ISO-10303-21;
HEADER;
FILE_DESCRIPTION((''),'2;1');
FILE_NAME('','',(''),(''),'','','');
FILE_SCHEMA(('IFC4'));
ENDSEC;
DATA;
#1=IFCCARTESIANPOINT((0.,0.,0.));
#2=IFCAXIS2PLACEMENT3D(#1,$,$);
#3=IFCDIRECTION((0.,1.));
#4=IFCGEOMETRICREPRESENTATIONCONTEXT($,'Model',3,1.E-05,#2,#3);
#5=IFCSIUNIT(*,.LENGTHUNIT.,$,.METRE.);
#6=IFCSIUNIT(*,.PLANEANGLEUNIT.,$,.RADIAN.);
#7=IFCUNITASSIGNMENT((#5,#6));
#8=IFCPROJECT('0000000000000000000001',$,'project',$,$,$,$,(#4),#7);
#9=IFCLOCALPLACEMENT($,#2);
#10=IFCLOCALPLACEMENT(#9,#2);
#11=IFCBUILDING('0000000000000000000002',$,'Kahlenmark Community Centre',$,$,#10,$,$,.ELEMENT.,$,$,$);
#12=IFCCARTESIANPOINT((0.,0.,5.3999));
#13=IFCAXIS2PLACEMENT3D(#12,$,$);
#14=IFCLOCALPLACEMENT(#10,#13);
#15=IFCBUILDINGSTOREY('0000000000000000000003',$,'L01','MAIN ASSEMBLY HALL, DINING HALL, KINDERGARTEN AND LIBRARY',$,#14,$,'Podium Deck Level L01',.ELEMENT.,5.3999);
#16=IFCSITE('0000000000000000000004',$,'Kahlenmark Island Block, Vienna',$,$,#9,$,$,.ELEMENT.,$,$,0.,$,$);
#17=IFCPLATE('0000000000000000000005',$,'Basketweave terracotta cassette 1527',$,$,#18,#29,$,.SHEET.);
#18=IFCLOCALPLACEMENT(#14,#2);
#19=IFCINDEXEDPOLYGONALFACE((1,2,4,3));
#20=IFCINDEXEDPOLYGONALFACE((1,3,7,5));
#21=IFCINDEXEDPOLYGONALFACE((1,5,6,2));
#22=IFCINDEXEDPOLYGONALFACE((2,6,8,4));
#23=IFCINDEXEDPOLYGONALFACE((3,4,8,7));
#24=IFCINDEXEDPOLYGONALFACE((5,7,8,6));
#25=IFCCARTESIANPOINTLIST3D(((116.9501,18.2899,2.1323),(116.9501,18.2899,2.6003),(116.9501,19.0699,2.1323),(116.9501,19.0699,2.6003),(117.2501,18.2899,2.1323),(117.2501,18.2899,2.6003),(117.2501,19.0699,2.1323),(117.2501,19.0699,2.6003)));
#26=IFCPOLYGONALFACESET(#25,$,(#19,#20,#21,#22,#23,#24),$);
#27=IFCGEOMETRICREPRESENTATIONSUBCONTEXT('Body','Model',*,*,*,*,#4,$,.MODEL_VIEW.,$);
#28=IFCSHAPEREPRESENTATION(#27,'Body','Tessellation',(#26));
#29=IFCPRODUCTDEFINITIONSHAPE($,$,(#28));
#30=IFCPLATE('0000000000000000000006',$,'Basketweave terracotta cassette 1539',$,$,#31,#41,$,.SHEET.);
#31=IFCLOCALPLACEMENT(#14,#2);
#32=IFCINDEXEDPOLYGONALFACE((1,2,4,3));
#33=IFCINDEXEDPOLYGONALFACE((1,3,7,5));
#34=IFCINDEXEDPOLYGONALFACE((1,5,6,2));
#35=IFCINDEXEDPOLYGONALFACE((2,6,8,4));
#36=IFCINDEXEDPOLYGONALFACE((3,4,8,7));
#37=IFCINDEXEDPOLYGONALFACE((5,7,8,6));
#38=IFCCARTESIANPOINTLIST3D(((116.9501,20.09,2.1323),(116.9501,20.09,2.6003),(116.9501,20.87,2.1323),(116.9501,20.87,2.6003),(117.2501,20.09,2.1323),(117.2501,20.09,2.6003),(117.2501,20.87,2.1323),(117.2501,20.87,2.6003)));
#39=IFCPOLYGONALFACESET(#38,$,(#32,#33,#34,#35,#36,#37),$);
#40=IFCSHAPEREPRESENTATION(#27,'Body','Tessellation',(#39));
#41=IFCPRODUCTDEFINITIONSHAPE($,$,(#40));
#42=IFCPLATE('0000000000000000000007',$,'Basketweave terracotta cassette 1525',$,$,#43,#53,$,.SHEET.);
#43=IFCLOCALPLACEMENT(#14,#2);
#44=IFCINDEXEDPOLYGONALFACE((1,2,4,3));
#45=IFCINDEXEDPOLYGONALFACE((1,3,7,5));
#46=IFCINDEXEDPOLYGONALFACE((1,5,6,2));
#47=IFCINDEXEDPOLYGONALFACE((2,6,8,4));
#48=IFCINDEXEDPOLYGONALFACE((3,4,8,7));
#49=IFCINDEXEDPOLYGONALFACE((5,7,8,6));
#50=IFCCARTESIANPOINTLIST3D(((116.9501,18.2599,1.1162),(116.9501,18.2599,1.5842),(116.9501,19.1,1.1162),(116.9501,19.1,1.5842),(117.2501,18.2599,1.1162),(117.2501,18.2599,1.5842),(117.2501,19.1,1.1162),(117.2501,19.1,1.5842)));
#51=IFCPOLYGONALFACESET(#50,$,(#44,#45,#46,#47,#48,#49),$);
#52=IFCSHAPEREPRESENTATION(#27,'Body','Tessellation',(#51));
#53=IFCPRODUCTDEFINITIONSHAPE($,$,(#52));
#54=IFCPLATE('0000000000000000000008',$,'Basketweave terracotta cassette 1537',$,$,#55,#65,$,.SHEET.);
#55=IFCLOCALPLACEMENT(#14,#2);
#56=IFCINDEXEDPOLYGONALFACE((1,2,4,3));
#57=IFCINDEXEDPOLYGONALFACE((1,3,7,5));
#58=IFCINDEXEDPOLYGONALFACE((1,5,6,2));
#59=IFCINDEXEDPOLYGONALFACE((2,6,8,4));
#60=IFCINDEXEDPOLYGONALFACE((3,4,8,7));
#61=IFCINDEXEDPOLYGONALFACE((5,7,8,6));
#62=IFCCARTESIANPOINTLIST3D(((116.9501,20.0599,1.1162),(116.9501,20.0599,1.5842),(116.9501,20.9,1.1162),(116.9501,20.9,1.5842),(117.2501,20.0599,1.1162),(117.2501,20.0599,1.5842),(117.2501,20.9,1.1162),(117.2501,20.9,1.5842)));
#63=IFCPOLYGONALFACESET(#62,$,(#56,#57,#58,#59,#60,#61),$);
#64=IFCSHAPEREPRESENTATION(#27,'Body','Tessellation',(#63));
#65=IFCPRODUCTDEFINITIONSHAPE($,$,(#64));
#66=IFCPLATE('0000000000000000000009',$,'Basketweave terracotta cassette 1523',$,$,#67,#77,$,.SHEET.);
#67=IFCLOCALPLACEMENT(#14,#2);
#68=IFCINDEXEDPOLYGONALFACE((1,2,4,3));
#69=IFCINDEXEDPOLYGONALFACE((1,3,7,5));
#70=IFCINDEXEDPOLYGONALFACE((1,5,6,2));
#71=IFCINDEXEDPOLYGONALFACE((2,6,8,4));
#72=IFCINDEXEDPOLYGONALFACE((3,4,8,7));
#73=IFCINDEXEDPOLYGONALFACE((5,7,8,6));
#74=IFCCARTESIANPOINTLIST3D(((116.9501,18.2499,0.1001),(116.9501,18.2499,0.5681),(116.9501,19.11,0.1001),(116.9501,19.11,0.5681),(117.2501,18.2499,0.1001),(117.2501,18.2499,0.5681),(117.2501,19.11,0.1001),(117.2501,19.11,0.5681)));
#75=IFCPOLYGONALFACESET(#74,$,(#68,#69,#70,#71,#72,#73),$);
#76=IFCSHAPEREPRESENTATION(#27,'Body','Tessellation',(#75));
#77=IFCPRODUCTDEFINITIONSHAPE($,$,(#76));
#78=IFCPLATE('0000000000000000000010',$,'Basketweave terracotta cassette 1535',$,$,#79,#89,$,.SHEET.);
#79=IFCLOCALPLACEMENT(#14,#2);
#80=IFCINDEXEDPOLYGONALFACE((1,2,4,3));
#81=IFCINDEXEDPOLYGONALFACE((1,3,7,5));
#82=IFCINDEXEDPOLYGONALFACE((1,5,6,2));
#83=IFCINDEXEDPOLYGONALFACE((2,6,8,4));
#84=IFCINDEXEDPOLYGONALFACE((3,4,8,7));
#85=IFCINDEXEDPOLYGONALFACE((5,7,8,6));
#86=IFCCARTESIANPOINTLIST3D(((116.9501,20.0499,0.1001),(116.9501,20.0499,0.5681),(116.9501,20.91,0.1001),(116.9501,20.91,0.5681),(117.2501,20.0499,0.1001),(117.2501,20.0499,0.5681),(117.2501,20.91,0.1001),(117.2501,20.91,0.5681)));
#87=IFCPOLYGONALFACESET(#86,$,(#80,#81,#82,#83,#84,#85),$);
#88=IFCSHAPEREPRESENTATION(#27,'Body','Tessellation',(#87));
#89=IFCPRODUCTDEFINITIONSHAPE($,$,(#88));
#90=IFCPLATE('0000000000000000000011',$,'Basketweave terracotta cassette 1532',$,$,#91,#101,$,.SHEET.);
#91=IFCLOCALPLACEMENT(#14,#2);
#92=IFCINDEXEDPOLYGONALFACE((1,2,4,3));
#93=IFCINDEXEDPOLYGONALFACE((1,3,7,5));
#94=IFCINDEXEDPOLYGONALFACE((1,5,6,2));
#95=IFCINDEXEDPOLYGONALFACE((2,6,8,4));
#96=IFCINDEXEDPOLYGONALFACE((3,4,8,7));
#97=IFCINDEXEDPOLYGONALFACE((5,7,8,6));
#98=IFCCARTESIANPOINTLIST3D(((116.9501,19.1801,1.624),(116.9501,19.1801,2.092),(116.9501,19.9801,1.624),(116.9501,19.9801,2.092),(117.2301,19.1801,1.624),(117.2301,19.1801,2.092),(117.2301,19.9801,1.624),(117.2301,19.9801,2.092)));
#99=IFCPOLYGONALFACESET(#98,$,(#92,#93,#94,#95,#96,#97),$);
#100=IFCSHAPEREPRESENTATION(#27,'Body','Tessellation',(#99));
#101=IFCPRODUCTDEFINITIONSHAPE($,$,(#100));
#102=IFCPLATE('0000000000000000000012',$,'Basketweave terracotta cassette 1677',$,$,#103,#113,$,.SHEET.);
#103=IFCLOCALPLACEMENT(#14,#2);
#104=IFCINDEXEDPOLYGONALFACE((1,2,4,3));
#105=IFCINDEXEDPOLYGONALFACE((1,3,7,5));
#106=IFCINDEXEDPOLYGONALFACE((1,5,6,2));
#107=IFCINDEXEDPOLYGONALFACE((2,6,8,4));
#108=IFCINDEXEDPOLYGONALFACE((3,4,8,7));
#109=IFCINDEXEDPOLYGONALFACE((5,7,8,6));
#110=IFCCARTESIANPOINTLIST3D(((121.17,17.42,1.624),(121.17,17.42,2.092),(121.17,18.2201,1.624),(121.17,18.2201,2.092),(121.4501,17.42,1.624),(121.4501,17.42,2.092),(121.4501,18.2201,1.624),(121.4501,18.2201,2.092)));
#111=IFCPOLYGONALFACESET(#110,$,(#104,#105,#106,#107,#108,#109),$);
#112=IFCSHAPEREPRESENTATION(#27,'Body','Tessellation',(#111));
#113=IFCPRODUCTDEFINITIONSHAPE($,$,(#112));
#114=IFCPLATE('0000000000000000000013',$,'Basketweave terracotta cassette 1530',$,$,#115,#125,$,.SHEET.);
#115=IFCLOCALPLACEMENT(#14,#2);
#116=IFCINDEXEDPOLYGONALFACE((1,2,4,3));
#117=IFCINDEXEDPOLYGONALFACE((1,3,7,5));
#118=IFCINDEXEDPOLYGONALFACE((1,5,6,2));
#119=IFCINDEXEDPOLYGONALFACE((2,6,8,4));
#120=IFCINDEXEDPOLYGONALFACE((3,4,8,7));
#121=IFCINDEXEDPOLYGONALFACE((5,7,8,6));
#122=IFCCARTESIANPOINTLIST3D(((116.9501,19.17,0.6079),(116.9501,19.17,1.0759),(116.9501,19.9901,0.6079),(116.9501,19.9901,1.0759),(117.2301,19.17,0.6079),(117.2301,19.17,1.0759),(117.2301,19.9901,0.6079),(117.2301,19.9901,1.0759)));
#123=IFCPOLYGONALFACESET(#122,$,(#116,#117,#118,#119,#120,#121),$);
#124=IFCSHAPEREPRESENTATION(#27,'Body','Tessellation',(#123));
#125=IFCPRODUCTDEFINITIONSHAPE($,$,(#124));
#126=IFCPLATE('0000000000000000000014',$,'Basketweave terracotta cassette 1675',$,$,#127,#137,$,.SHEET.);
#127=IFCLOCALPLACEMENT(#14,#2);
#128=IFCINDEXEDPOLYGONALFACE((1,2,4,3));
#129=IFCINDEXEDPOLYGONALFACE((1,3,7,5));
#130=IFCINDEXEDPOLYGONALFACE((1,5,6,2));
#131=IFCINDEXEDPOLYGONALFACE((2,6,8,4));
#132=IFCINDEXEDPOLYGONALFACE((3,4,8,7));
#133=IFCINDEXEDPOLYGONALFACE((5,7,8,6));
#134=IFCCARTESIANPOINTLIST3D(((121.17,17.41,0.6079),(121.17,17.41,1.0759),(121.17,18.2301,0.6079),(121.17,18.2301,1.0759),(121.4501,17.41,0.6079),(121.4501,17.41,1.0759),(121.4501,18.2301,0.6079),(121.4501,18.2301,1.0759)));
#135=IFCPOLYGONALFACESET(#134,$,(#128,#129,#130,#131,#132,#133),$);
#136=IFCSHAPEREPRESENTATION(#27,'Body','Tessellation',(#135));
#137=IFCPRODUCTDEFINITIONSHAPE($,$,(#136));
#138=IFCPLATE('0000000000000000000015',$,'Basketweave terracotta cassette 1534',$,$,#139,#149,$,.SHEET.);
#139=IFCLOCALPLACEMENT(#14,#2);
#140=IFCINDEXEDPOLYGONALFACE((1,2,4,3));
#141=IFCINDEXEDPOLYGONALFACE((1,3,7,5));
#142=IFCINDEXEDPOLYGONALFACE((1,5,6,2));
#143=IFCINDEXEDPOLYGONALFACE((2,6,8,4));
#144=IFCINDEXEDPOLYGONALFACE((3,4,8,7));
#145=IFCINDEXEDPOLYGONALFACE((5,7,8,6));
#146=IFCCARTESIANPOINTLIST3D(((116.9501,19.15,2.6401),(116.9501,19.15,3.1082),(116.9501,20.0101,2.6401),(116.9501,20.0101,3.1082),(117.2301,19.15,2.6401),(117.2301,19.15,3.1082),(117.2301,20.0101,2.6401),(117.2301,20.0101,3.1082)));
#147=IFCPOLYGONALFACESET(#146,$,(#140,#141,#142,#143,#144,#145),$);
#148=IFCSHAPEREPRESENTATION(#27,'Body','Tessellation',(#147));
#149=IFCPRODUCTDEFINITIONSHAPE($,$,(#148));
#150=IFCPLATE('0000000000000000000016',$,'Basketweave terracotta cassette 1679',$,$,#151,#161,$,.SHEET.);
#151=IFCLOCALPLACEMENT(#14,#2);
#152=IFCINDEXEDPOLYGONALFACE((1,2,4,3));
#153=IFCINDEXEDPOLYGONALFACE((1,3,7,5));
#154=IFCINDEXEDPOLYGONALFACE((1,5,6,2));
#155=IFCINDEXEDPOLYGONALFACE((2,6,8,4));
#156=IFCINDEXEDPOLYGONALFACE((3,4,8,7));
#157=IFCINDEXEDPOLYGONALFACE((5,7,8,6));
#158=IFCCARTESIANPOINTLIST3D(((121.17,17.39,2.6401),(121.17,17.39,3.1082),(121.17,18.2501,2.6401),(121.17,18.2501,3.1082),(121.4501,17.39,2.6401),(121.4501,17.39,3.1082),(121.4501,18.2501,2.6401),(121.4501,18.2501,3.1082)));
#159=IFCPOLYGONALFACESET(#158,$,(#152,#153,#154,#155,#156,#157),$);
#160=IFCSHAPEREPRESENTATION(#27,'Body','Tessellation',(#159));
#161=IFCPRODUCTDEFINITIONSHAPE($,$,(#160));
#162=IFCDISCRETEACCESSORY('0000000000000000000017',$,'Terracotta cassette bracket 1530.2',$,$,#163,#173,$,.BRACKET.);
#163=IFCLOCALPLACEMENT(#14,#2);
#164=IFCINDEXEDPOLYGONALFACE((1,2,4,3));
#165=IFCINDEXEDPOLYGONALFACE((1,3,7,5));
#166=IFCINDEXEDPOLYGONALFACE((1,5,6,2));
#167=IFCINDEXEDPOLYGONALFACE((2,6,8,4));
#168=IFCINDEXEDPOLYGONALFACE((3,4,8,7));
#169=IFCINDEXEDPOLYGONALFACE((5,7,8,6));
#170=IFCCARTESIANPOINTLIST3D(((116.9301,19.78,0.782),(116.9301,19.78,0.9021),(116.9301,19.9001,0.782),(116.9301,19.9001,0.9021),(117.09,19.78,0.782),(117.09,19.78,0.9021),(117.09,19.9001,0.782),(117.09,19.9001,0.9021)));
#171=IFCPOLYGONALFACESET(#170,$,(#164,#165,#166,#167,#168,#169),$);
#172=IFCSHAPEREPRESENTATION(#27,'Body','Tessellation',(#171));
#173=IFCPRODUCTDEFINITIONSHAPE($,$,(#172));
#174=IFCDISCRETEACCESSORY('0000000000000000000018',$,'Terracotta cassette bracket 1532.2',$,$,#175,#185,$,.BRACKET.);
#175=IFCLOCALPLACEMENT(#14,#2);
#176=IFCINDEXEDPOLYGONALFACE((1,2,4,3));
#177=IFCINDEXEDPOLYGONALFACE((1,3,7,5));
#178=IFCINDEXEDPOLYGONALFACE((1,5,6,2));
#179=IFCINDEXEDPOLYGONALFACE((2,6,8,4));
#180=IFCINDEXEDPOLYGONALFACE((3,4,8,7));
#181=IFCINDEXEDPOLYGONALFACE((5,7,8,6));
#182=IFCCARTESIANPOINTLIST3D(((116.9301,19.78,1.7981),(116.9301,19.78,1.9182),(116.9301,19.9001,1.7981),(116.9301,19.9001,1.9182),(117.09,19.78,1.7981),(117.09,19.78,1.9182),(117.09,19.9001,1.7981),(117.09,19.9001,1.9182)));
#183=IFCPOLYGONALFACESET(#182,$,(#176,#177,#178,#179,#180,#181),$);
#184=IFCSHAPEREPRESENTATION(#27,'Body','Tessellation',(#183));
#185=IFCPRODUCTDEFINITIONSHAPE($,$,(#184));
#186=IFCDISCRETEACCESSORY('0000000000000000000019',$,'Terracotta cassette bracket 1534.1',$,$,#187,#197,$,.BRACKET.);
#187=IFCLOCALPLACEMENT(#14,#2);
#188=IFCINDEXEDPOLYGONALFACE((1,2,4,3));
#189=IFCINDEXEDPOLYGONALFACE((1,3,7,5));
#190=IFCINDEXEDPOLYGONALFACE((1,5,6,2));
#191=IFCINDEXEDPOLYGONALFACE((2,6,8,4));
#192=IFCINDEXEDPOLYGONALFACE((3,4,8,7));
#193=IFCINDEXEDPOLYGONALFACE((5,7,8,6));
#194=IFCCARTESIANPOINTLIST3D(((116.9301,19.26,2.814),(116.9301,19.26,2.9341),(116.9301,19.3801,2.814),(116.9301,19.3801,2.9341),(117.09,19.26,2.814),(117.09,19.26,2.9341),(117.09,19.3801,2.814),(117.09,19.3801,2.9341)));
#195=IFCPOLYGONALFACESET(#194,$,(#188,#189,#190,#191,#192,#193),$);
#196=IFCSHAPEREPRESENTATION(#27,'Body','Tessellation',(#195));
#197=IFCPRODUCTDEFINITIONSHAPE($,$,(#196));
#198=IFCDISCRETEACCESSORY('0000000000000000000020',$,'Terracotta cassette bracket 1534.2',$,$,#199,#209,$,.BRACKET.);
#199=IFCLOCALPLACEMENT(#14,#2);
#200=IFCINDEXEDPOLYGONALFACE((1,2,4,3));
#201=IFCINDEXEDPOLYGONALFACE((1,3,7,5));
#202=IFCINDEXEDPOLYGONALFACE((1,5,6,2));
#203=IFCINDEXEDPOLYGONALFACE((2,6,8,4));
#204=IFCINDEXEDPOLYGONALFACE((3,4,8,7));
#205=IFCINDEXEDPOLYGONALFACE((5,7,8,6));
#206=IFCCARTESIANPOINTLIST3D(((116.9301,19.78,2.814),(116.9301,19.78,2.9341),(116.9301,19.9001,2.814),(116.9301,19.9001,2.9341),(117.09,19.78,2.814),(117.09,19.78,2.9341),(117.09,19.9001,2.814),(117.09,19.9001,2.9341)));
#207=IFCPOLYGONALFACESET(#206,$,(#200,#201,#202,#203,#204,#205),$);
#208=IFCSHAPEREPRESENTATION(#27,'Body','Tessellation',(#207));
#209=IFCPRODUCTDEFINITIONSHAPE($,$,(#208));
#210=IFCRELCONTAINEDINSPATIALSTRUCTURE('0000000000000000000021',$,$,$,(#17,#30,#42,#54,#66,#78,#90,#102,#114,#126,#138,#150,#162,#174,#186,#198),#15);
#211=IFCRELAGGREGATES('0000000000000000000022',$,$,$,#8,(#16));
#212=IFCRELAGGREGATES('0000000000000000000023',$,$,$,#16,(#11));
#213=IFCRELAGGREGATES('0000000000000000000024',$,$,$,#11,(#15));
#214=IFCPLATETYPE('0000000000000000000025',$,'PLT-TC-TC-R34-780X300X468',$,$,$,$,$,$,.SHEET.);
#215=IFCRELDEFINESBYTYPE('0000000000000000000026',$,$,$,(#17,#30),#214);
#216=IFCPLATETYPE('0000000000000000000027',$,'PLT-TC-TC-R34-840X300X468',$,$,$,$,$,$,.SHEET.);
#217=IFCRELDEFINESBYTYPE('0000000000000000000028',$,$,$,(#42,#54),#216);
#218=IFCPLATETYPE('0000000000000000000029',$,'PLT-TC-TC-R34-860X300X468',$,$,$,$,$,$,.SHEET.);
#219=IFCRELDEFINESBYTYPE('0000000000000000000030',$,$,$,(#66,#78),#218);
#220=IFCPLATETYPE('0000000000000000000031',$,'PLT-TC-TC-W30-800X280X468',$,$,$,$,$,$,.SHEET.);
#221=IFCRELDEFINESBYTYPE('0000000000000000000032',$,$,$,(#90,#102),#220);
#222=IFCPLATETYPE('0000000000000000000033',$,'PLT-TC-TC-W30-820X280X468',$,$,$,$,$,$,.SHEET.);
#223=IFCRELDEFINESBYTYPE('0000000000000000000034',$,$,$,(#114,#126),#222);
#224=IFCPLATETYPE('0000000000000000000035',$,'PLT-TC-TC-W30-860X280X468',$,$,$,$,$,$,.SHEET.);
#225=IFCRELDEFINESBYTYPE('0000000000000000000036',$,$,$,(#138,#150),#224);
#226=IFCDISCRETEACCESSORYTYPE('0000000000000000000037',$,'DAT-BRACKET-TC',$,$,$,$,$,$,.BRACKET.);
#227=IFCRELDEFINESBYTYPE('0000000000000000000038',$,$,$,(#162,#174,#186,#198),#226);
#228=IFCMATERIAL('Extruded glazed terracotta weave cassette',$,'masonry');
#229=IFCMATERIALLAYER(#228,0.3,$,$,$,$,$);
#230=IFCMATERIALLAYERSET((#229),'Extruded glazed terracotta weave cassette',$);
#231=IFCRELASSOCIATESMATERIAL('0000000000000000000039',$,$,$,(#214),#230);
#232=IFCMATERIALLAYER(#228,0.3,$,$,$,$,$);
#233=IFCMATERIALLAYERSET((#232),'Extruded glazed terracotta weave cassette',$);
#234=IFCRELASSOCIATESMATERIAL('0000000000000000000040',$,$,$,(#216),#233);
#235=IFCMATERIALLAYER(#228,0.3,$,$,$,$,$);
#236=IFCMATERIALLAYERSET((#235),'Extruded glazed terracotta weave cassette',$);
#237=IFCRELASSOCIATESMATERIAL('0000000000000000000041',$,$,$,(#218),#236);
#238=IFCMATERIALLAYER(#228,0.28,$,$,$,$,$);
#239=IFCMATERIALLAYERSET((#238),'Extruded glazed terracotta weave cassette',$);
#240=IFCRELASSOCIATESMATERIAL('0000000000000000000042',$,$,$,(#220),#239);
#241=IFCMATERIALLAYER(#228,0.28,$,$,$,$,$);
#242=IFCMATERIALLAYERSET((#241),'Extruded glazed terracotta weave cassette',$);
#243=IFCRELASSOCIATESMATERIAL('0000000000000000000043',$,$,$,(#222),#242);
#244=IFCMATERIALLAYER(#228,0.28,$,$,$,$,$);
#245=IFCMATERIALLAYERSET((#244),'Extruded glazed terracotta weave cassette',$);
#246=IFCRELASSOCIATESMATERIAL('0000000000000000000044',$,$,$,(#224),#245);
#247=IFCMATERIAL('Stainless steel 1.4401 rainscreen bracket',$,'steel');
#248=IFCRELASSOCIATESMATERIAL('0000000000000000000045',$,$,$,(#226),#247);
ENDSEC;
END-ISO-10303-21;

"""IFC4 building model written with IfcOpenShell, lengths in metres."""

from ifc_helpers import new_model, si_unit, direction, frame, origin, origin_2d, place, context, subcontext, project, spatial, rectangle, extrude, material, layer, layer_set, type_object, element, save


model = new_model("IFC4")

# Units and contexts
model_context = context("Model", 3, precision=1e-05, world=origin(), true_north=direction((0.0, 1.0)))
body_context = subcontext(model_context, "Body", "Model", "MODEL_VIEW")
ifc_project = project(units=[si_unit("LENGTHUNIT", "METRE"), si_unit("PLANEANGLEUNIT", "RADIAN")], contexts=[model_context])

# Site, building, storey
site_placement = place(None, origin())
site = spatial("IfcSite", under=ifc_project, at=site_placement, Name="Kahlenmark Island Block, Vienna", CompositionType="ELEMENT", RefElevation=0.0)
building_placement = place(site_placement, origin())
building = spatial("IfcBuilding", under=site, at=building_placement, Name="Kahlenmark Community Centre", CompositionType="ELEMENT")
storey_placement = place(building_placement, frame((0.0, 0.0, 5.3999)))
storey = spatial("IfcBuildingStorey", under=building, at=storey_placement, Name="L01", Description="MAIN ASSEMBLY HALL, DINING HALL, KINDERGARTEN AND LIBRARY", LongName="Podium Deck Level L01", CompositionType="ELEMENT", Elevation=5.3999)

# Plates
ifc_material_1 = material(Name="Extruded glazed terracotta weave cassette", Category="masonry")
ifc_layer_1 = layer(ifc_material_1, 0.3)
ifc_layer_set_1 = layer_set([ifc_layer_1], Name="Extruded glazed terracotta weave cassette")
plate_type_1 = type_object("IfcPlateType", Name="PLT-TC-TC-R34-780X300X468", PredefinedType="SHEET", material=ifc_layer_set_1)
for number, where, z_axis, x_axis, name in (
    (1, (117.1001, 18.6799, 2.1323), (0.0, 0.0, 1.0), (0.0, 1.0, 0.0), "Basketweave terracotta cassette 1527"),
    (2, (117.1001, 20.48, 2.1323), (0.0, 0.0, 1.0), (0.0, 1.0, 0.0), "Basketweave terracotta cassette 1539"),
):
    element("IfcPlate", number, at=place(storey_placement, frame(where, z_axis=z_axis, x_axis=x_axis)), inside=storey, type_object=plate_type_1, Name=name, PredefinedType="SHEET", context=body_context, shape_type="SweptSolid", body=[
        extrude(rectangle(XDim=0.78, YDim=0.3, at=origin_2d()), origin(), (0.0, 0.0, 1.0), 0.468),
    ])
ifc_layer_2 = layer(ifc_material_1, 0.3)
ifc_layer_set_2 = layer_set([ifc_layer_2], Name="Extruded glazed terracotta weave cassette")
plate_type_2 = type_object("IfcPlateType", Name="PLT-TC-TC-R34-840X300X468", PredefinedType="SHEET", material=ifc_layer_set_2)
for number, where, z_axis, x_axis, name in (
    (3, (117.1001, 18.6799, 1.1162), (0.0, 0.0, 1.0), (0.0, 1.0, 0.0), "Basketweave terracotta cassette 1525"),
    (4, (117.1001, 20.48, 1.1162), (0.0, 0.0, 1.0), (0.0, 1.0, 0.0), "Basketweave terracotta cassette 1537"),
):
    element("IfcPlate", number, at=place(storey_placement, frame(where, z_axis=z_axis, x_axis=x_axis)), inside=storey, type_object=plate_type_2, Name=name, PredefinedType="SHEET", context=body_context, shape_type="SweptSolid", body=[
        extrude(rectangle(XDim=0.8401, YDim=0.3, at=origin_2d()), origin(), (0.0, 0.0, 1.0), 0.468),
    ])
ifc_layer_3 = layer(ifc_material_1, 0.3)
ifc_layer_set_3 = layer_set([ifc_layer_3], Name="Extruded glazed terracotta weave cassette")
plate_type_3 = type_object("IfcPlateType", Name="PLT-TC-TC-R34-860X300X468", PredefinedType="SHEET", material=ifc_layer_set_3)
for number, where, z_axis, x_axis, name in (
    (5, (117.1001, 18.6799, 0.1001), (0.0, 0.0, 1.0), (0.0, 1.0, 0.0), "Basketweave terracotta cassette 1523"),
    (6, (117.1001, 20.48, 0.1001), (0.0, 0.0, 1.0), (0.0, 1.0, 0.0), "Basketweave terracotta cassette 1535"),
):
    element("IfcPlate", number, at=place(storey_placement, frame(where, z_axis=z_axis, x_axis=x_axis)), inside=storey, type_object=plate_type_3, Name=name, PredefinedType="SHEET", context=body_context, shape_type="SweptSolid", body=[
        extrude(rectangle(XDim=0.8601, YDim=0.3, at=origin_2d()), origin(), (0.0, 0.0, 1.0), 0.468),
    ])
ifc_layer_4 = layer(ifc_material_1, 0.28)
ifc_layer_set_4 = layer_set([ifc_layer_4], Name="Extruded glazed terracotta weave cassette")
plate_type_4 = type_object("IfcPlateType", Name="PLT-TC-TC-W30-800X280X468", PredefinedType="SHEET", material=ifc_layer_set_4)
for number, where, z_axis, x_axis, name in (
    (7, (117.0901, 19.5801, 1.624), (0.0, 0.0, 1.0), (0.0, 1.0, 0.0), "Basketweave terracotta cassette 1532"),
    (8, (121.3101, 17.8201, 1.624), (0.0, 0.0, 1.0), (0.0, -1.0, 0.0), "Basketweave terracotta cassette 1677"),
):
    element("IfcPlate", number, at=place(storey_placement, frame(where, z_axis=z_axis, x_axis=x_axis)), inside=storey, type_object=plate_type_4, Name=name, PredefinedType="SHEET", context=body_context, shape_type="SweptSolid", body=[
        extrude(rectangle(XDim=0.8, YDim=0.28, at=origin_2d()), origin(), (0.0, 0.0, 1.0), 0.468),
    ])
ifc_layer_5 = layer(ifc_material_1, 0.28)
ifc_layer_set_5 = layer_set([ifc_layer_5], Name="Extruded glazed terracotta weave cassette")
plate_type_5 = type_object("IfcPlateType", Name="PLT-TC-TC-W30-820X280X468", PredefinedType="SHEET", material=ifc_layer_set_5)
for number, where, z_axis, x_axis, name in (
    (9, (117.0901, 19.5801, 0.6079), (0.0, 0.0, 1.0), (0.0, 1.0, 0.0), "Basketweave terracotta cassette 1530"),
    (10, (121.3101, 17.8201, 0.6079), (0.0, 0.0, 1.0), (0.0, -1.0, 0.0), "Basketweave terracotta cassette 1675"),
):
    element("IfcPlate", number, at=place(storey_placement, frame(where, z_axis=z_axis, x_axis=x_axis)), inside=storey, type_object=plate_type_5, Name=name, PredefinedType="SHEET", context=body_context, shape_type="SweptSolid", body=[
        extrude(rectangle(XDim=0.8201, YDim=0.28, at=origin_2d()), origin(), (0.0, 0.0, 1.0), 0.468),
    ])
ifc_layer_6 = layer(ifc_material_1, 0.28)
ifc_layer_set_6 = layer_set([ifc_layer_6], Name="Extruded glazed terracotta weave cassette")
plate_type_6 = type_object("IfcPlateType", Name="PLT-TC-TC-W30-860X280X468", PredefinedType="SHEET", material=ifc_layer_set_6)
for number, where, z_axis, x_axis, name in (
    (11, (117.0901, 19.5801, 2.6401), (0.0, 0.0, 1.0), (0.0, 1.0, 0.0), "Basketweave terracotta cassette 1534"),
    (12, (121.3101, 17.8201, 2.6401), (0.0, 0.0, 1.0), (0.0, -1.0, 0.0), "Basketweave terracotta cassette 1679"),
):
    element("IfcPlate", number, at=place(storey_placement, frame(where, z_axis=z_axis, x_axis=x_axis)), inside=storey, type_object=plate_type_6, Name=name, PredefinedType="SHEET", context=body_context, shape_type="SweptSolid", body=[
        extrude(rectangle(XDim=0.8601, YDim=0.28, at=origin_2d()), origin(), (0.0, 0.0, 1.0), 0.468),
    ])

# Discrete accessories
ifc_material_2 = material(Name="Stainless steel 1.4401 rainscreen bracket", Category="steel")
discrete_accessory_type = type_object("IfcDiscreteAccessoryType", Name="DAT-BRACKET-TC", PredefinedType="BRACKET", material=ifc_material_2)
for number, where, z_axis, x_axis, name in (
    (13, (117.01, 19.8401, 0.782), (0.0, 0.0, 1.0), (0.0, 1.0, 0.0), "Terracotta cassette bracket 1530.2"),
    (14, (117.01, 19.8401, 1.7981), (0.0, 0.0, 1.0), (0.0, 1.0, 0.0), "Terracotta cassette bracket 1532.2"),
    (15, (117.01, 19.3201, 2.814), (0.0, 0.0, 1.0), (0.0, 1.0, 0.0), "Terracotta cassette bracket 1534.1"),
    (16, (117.01, 19.8401, 2.814), (0.0, 0.0, 1.0), (0.0, 1.0, 0.0), "Terracotta cassette bracket 1534.2"),
):
    element("IfcDiscreteAccessory", number, at=place(storey_placement, frame(where, z_axis=z_axis, x_axis=x_axis)), inside=storey, type_object=discrete_accessory_type, Name=name, PredefinedType="BRACKET", context=body_context, shape_type="SweptSolid", body=[
        extrude(rectangle(XDim=0.1201, YDim=0.1599, at=origin_2d()), origin(), (0.0, 0.0, 1.0), 0.1201),
    ])

save(model, "model.ifc")
